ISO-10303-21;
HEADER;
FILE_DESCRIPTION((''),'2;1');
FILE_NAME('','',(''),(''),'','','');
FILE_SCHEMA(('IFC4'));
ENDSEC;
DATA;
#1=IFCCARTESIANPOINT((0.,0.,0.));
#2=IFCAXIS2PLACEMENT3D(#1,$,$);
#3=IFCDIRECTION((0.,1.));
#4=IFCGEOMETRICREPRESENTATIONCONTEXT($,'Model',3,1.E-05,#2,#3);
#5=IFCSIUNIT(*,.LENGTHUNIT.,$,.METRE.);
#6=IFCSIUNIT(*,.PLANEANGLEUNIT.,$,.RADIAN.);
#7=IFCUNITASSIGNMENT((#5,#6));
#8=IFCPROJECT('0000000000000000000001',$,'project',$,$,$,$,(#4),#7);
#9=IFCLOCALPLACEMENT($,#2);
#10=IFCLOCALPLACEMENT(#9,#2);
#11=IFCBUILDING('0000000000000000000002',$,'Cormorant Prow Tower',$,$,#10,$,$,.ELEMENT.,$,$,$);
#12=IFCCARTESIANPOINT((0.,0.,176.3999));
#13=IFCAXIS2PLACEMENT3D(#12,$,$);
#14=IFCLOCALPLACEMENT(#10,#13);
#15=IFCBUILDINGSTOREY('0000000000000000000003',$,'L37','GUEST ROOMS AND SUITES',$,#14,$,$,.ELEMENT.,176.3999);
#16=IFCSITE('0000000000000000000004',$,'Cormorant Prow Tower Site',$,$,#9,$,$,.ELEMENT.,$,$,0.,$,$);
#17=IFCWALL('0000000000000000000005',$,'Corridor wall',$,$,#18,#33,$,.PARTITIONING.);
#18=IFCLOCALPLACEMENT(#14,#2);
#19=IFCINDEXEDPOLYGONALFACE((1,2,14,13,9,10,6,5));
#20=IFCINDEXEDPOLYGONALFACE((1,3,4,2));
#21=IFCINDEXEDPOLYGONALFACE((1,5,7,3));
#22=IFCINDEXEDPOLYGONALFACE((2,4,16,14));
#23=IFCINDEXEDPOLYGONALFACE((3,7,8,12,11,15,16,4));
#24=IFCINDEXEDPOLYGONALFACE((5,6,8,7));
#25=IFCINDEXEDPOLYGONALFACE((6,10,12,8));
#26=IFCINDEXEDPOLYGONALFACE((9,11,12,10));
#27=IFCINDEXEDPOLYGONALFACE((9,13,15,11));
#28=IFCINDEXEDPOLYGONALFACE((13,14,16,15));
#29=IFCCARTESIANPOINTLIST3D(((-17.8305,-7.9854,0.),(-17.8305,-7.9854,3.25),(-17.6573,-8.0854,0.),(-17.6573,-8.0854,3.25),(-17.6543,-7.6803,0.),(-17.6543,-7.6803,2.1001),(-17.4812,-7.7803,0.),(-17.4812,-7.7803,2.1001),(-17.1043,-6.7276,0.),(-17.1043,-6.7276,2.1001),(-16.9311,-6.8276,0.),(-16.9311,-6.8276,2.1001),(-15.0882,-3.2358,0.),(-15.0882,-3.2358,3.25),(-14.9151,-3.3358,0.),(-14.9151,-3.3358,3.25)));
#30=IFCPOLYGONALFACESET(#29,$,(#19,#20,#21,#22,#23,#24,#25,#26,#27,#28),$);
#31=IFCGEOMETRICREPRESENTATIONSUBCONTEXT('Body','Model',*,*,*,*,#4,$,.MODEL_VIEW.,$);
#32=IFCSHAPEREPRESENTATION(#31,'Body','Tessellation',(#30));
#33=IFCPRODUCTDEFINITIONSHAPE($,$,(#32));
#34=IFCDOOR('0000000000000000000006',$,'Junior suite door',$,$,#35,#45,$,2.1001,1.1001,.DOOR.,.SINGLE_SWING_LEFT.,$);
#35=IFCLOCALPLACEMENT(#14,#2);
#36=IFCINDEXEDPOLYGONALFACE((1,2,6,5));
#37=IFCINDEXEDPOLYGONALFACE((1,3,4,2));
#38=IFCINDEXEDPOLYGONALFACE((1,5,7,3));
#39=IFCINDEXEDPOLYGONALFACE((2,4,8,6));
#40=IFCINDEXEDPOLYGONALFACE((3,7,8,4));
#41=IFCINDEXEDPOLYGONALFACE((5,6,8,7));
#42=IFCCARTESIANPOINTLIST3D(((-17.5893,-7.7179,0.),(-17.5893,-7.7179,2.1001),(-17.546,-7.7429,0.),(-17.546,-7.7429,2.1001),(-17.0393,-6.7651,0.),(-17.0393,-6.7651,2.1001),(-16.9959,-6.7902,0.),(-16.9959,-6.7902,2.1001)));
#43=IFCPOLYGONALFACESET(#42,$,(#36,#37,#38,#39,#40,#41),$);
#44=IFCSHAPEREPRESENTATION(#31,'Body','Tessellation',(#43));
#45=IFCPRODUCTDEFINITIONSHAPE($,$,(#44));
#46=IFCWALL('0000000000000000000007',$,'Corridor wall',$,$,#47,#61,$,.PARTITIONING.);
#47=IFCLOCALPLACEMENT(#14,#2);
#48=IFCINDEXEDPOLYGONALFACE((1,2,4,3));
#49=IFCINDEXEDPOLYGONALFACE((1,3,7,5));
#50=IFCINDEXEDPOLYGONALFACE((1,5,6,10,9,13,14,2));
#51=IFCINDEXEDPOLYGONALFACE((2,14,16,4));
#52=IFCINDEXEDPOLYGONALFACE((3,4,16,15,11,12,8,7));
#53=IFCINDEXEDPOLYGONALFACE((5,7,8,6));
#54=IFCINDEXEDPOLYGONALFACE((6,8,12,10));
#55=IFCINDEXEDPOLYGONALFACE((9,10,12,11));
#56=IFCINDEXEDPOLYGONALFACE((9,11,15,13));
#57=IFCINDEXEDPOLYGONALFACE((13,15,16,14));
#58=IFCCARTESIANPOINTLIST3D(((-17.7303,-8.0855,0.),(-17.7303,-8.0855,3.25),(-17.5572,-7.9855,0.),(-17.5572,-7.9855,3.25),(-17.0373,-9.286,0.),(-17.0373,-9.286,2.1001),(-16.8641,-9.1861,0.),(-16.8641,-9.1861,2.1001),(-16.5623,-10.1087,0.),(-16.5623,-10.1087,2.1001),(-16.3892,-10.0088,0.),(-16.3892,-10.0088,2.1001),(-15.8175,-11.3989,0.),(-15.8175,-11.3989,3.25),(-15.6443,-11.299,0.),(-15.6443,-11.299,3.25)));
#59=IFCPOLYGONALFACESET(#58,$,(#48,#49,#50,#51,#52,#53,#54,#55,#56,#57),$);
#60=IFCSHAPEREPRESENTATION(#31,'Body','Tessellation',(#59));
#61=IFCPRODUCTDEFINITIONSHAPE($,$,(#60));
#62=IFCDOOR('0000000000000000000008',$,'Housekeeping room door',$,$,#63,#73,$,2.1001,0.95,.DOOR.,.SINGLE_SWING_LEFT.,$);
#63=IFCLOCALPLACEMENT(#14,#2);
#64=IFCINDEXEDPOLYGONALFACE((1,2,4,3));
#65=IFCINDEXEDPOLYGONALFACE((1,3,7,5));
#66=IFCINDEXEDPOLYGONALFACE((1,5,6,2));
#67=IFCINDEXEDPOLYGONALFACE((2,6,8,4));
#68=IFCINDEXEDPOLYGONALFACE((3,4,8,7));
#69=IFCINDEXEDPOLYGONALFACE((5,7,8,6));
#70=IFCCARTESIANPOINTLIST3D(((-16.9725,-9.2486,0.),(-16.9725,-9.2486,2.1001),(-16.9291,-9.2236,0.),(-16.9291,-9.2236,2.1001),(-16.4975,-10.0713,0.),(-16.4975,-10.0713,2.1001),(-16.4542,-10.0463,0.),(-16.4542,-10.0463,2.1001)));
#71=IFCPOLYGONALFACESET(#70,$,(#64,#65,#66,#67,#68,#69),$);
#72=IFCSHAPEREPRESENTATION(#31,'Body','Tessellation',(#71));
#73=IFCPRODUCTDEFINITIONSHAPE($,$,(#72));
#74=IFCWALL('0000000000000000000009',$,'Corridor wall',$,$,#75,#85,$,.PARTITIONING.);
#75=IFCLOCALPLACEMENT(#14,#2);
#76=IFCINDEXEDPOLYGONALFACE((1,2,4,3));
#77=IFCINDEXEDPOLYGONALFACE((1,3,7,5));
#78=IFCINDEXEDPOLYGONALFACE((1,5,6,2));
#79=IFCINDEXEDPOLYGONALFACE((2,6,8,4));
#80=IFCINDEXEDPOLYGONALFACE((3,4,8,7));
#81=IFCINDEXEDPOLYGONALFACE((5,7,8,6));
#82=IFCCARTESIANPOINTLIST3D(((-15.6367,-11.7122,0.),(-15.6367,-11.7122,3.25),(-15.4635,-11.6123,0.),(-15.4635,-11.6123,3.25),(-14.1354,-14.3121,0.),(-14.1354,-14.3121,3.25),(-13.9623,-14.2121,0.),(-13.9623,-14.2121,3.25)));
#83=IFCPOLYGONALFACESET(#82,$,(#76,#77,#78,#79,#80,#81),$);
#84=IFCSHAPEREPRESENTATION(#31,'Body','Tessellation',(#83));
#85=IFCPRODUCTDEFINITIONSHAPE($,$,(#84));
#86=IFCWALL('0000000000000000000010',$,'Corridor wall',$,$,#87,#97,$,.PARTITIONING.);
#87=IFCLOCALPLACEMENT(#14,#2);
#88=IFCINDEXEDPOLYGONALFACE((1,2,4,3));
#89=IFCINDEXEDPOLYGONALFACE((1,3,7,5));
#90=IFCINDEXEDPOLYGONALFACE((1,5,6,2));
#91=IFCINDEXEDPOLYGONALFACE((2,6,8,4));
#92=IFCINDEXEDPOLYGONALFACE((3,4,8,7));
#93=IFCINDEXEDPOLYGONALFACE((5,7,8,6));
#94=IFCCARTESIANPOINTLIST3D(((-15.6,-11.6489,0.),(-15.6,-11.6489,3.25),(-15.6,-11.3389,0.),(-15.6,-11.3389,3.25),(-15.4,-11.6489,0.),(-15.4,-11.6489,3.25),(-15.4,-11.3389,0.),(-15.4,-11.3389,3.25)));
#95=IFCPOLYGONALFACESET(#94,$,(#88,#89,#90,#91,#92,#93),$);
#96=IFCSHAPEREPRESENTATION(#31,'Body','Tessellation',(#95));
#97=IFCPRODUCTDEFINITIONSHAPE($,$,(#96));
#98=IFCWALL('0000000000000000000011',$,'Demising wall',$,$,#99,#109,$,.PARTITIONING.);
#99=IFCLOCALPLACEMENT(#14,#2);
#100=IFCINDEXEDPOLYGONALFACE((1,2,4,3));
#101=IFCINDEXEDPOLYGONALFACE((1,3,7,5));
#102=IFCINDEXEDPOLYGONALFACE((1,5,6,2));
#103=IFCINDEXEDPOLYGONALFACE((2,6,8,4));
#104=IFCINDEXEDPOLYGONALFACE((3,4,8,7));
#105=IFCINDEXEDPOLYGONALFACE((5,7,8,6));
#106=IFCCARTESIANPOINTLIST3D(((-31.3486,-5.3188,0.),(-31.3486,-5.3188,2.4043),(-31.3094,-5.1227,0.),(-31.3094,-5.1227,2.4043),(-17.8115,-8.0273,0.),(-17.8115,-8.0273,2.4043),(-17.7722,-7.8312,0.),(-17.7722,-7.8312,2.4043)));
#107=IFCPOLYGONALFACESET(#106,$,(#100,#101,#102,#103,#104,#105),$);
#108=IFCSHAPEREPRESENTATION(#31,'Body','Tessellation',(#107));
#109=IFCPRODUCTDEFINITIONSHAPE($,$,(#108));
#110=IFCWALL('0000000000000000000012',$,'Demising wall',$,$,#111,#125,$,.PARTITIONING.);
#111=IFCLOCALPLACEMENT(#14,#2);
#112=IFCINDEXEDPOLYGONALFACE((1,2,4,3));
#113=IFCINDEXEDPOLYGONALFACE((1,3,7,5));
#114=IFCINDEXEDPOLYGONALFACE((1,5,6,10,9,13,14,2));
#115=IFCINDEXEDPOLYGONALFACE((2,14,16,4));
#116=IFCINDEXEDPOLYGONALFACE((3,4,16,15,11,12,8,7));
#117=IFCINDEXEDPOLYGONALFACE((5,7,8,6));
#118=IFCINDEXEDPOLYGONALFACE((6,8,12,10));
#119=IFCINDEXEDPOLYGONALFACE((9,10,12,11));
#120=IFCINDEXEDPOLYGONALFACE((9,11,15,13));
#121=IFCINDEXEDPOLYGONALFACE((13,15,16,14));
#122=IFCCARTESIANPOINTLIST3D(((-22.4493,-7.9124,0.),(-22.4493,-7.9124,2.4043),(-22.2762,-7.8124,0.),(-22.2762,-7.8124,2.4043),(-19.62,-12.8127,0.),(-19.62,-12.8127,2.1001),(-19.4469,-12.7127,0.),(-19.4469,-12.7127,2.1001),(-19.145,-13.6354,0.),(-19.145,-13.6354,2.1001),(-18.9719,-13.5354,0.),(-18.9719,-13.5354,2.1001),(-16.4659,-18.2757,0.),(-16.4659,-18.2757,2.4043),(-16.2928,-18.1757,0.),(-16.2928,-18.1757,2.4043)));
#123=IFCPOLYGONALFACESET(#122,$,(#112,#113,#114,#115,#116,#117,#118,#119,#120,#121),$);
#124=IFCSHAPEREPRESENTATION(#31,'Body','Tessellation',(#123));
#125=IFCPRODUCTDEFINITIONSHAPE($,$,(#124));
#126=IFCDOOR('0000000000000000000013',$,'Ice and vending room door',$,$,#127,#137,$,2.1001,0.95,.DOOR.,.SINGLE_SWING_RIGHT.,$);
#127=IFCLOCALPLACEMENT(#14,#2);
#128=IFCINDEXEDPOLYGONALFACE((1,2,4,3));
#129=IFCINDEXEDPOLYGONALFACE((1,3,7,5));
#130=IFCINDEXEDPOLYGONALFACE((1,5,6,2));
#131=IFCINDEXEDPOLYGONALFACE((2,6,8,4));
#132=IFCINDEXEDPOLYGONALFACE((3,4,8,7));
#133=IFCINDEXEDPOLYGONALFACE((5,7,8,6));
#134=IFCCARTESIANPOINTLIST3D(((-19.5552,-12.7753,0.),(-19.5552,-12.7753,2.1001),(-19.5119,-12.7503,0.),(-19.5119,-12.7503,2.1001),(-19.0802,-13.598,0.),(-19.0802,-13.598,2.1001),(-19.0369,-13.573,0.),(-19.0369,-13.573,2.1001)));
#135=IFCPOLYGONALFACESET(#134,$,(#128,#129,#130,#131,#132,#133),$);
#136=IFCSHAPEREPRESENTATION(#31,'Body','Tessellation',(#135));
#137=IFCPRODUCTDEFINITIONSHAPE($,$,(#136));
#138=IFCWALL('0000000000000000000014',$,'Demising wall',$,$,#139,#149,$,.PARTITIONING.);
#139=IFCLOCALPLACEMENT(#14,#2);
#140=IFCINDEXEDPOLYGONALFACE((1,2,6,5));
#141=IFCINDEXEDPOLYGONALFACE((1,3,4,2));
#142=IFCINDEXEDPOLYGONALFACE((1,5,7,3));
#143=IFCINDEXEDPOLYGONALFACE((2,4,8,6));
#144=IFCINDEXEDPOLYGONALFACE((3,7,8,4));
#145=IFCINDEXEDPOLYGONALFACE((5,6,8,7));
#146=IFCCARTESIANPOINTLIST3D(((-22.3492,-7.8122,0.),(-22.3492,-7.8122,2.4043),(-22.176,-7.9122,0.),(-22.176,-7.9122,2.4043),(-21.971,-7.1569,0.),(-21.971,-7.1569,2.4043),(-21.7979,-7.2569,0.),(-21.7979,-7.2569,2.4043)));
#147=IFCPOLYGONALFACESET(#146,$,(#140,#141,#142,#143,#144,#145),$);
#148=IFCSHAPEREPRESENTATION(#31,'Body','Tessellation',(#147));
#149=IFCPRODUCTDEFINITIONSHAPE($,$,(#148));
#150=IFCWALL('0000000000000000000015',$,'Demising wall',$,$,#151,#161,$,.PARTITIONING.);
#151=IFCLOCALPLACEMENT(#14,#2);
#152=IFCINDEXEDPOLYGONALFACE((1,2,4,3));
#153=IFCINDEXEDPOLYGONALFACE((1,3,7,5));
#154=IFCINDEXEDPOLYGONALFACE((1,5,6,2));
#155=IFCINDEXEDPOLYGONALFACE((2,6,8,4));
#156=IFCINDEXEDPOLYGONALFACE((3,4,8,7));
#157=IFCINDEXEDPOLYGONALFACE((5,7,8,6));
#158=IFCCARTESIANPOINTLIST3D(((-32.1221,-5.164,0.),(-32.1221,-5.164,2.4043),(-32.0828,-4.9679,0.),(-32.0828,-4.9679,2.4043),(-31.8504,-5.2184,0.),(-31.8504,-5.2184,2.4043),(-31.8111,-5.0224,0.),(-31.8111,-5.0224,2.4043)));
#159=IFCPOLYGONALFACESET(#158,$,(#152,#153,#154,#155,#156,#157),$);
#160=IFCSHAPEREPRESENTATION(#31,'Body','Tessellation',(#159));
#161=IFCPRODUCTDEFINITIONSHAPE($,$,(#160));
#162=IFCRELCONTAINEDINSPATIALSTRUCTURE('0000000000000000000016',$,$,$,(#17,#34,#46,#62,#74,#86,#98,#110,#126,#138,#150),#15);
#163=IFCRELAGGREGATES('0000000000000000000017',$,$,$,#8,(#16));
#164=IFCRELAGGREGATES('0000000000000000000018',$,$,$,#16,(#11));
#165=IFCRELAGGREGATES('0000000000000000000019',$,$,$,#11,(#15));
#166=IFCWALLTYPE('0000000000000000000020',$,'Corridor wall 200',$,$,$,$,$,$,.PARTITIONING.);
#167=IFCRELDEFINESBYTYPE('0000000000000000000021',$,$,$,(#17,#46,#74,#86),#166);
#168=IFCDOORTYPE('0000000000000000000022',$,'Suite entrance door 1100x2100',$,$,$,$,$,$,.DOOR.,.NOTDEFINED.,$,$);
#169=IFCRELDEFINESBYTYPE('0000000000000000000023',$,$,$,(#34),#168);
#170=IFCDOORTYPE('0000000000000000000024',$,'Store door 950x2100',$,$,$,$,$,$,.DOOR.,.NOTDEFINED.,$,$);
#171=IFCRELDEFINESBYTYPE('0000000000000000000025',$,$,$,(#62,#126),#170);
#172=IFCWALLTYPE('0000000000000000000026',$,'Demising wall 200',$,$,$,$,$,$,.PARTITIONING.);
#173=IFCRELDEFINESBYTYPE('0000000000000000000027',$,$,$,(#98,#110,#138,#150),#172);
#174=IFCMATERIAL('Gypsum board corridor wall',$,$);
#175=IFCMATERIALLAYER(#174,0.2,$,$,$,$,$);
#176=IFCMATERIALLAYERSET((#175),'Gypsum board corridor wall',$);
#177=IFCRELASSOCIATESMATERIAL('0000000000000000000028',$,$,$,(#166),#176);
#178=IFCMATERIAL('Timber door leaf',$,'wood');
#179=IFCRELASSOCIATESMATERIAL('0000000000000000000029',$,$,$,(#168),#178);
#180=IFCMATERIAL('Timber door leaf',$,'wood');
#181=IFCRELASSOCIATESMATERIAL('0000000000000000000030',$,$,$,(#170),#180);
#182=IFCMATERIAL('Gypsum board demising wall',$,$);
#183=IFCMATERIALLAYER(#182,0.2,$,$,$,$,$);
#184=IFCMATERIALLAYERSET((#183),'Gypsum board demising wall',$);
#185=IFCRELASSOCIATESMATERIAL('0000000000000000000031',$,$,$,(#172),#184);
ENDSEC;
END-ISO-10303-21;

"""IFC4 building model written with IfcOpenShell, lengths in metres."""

from ifc_helpers import new_model, si_unit, direction, frame, frame_2d, origin, place, context, subcontext, project, spatial, rectangle, extrude, material, layer, layer_set, type_object, element, fill, save


model = new_model("IFC4")

# Units and contexts
model_context = context("Model", 3, precision=1e-05, world=origin(), true_north=direction((0.0, 1.0)))
body_context = subcontext(model_context, "Body", "Model", "MODEL_VIEW")
ifc_project = project(units=[si_unit("LENGTHUNIT", "METRE"), si_unit("PLANEANGLEUNIT", "RADIAN")], contexts=[model_context])

# Site, building, storey
site_placement = place(None, origin())
site = spatial("IfcSite", under=ifc_project, at=site_placement, Name="Cormorant Prow Tower Site", CompositionType="ELEMENT", RefElevation=0.0)
building_placement = place(site_placement, origin())
building = spatial("IfcBuilding", under=site, at=building_placement, Name="Cormorant Prow Tower", CompositionType="ELEMENT")
storey_placement = place(building_placement, frame((0.0, 0.0, 176.3999)))
storey = spatial("IfcBuildingStorey", under=building, at=storey_placement, Name="L37", Description="GUEST ROOMS AND SUITES", CompositionType="ELEMENT", Elevation=176.3999)

# Walls, openings, doors
ifc_material_1 = material(Name="Gypsum board corridor wall")
ifc_layer_1 = layer(ifc_material_1, 0.2)
ifc_layer_set_1 = layer_set([ifc_layer_1], Name="Gypsum board corridor wall")
wall_type_1 = type_object("IfcWallType", Name="Corridor wall 200", PredefinedType="PARTITIONING", material=ifc_layer_set_1)
wall_1_placement = place(storey_placement, frame((-17.7439, -8.0354, 0.0), z_axis=(0.0, 0.0, 1.0), x_axis=(0.500008, 0.866021, 0.0)))
wall_1 = element("IfcWall", 1, at=wall_1_placement, inside=storey, type_object=wall_type_1, Name="Corridor wall", PredefinedType="PARTITIONING", context=body_context, shape_type="SweptSolid", body=[
    extrude(rectangle(XDim=5.4844, YDim=0.2, at=frame_2d((2.7422, 0.0))), origin(), (0.0, 0.0, 1.0), 3.25),
])
opening_1_placement = place(wall_1_placement, frame((0.3523, 0.0, 0.0)))
opening_1 = element("IfcOpeningElement", 2, at=opening_1_placement, cuts=wall_1, PredefinedType="OPENING", context=body_context, shape_type="SweptSolid", body=[
    extrude(rectangle(XDim=1.1001, YDim=2.1001, at=frame_2d((0.55, 1.05))), frame((0.0, 0.1099, 0.0), z_axis=(0.0, -1.0, 0.0), x_axis=(1.0, 0.0, 0.0)), (0.0, 0.0, 1.0), 0.22),
])
ifc_material_2 = material(Name="Timber door leaf", Category="wood")
door_type_1 = type_object("IfcDoorType", Name="Suite entrance door 1100x2100", OperationType="NOTDEFINED", PredefinedType="DOOR", material=ifc_material_2)
door_1_placement = place(opening_1_placement, origin())
door_1 = element("IfcDoor", 3, at=door_1_placement, inside=storey, type_object=door_type_1, Name="Junior suite door", OperationType="SINGLE_SWING_LEFT", OverallHeight=2.1001, OverallWidth=1.1001, PredefinedType="DOOR", context=body_context, shape_type="SweptSolid", body=[
    extrude(rectangle(XDim=1.1001, YDim=2.1001, at=frame_2d((0.55, 1.05))), frame((0.0, 0.0249, 0.0), z_axis=(0.0, -1.0, 0.0), x_axis=(1.0, 0.0, 0.0)), (0.0, 0.0, 1.0), 0.05),
])
fill(opening_1, door_1)
wall_2_placement = place(storey_placement, frame((-17.6438, -8.0354, 0.0), z_axis=(0.0, 0.0, 1.0), x_axis=(0.499962, -0.866047, 0.0)))
wall_2 = element("IfcWall", 4, at=wall_2_placement, inside=storey, type_object=wall_type_1, Name="Corridor wall", PredefinedType="PARTITIONING", context=body_context, shape_type="SweptSolid", body=[
    extrude(rectangle(XDim=3.8259, YDim=0.2, at=frame_2d((1.9131, 0.0))), origin(), (0.0, 0.0, 1.0), 3.25),
])
opening_2_placement = place(wall_2_placement, frame((1.3862, 0.0, 0.0)))
opening_2 = element("IfcOpeningElement", 5, at=opening_2_placement, cuts=wall_2, PredefinedType="OPENING", context=body_context, shape_type="SweptSolid", body=[
    extrude(rectangle(XDim=0.95, YDim=2.1001, at=frame_2d((0.4751, 1.05))), frame((0.0, 0.1099, 0.0), z_axis=(0.0, -1.0, 0.0), x_axis=(1.0, 0.0, 0.0)), (0.0, 0.0, 1.0), 0.22),
])
ifc_material_3 = material(Name="Timber door leaf", Category="wood")
door_type_2 = type_object("IfcDoorType", Name="Store door 950x2100", OperationType="NOTDEFINED", PredefinedType="DOOR", material=ifc_material_3)
door_2_placement = place(opening_2_placement, origin())
door_2 = element("IfcDoor", 6, at=door_2_placement, inside=storey, type_object=door_type_2, Name="Housekeeping room door", OperationType="SINGLE_SWING_LEFT", OverallHeight=2.1001, OverallWidth=0.95, PredefinedType="DOOR", context=body_context, shape_type="SweptSolid", body=[
    extrude(rectangle(XDim=0.95, YDim=2.1001, at=frame_2d((0.4751, 1.05))), frame((0.0, 0.0249, 0.0), z_axis=(0.0, -1.0, 0.0), x_axis=(1.0, 0.0, 0.0)), (0.0, 0.0, 1.0), 0.05),
])
fill(opening_2, door_2)

# Walls
wall_3_placement = place(storey_placement, frame((-15.55, -11.6624, 0.0), z_axis=(0.0, 0.0, 1.0), x_axis=(0.500049, -0.865997, 0.0)))
element("IfcWall", 7, at=wall_3_placement, inside=storey, type_object=wall_type_1, Name="Corridor wall", PredefinedType="PARTITIONING", context=body_context, shape_type="SweptSolid", body=[
    extrude(rectangle(XDim=3.0022, YDim=0.2, at=frame_2d((1.501, 0.0))), origin(), (0.0, 0.0, 1.0), 3.25),
])
wall_4_placement = place(storey_placement, frame((-15.5, -11.6489, 0.0), z_axis=(0.0, 0.0, 1.0), x_axis=(0.0, 1.0, 0.0)))
element("IfcWall", 8, at=wall_4_placement, inside=storey, type_object=wall_type_1, Name="Corridor wall", PredefinedType="PARTITIONING", context=body_context, shape_type="SweptSolid", body=[
    extrude(rectangle(XDim=0.3101, YDim=0.2, at=frame_2d((0.155, 0.0))), origin(), (0.0, 0.0, 1.0), 3.25),
])
ifc_material_4 = material(Name="Gypsum board demising wall")
ifc_layer_2 = layer(ifc_material_4, 0.2)
ifc_layer_set_2 = layer_set([ifc_layer_2], Name="Gypsum board demising wall")
wall_type_2 = type_object("IfcWallType", Name="Demising wall 200", PredefinedType="PARTITIONING", material=ifc_layer_set_2)
wall_5_placement = place(storey_placement, frame((-31.3291, -5.2207, 0.0), z_axis=(0.0, 0.0, 1.0), x_axis=(0.980566, -0.196191, 0.0)))
element("IfcWall", 9, at=wall_5_placement, inside=storey, type_object=wall_type_2, Name="Demising wall", PredefinedType="PARTITIONING", context=body_context, shape_type="SweptSolid", body=[
    extrude(rectangle(XDim=13.8054, YDim=0.2, at=frame_2d((6.9028, 0.0))), origin(), (0.0, 0.0, 1.0), 2.4043),
])

# Wall, opening, door
wall_6_placement = place(storey_placement, frame((-22.3628, -7.8623, 0.0), z_axis=(0.0, 0.0, 1.0), x_axis=(0.50001, -0.86602, 0.0)))
wall_6 = element("IfcWall", 10, at=wall_6_placement, inside=storey, type_object=wall_type_2, Name="Demising wall", PredefinedType="PARTITIONING", context=body_context, shape_type="SweptSolid", body=[
    extrude(rectangle(XDim=11.9666, YDim=0.2, at=frame_2d((5.9834, 0.0))), origin(), (0.0, 0.0, 1.0), 2.4043),
])
opening_3_placement = place(wall_6_placement, frame((5.6584, 0.0, 0.0)))
opening_3 = element("IfcOpeningElement", 11, at=opening_3_placement, cuts=wall_6, PredefinedType="OPENING", context=body_context, shape_type="SweptSolid", body=[
    extrude(rectangle(XDim=0.95, YDim=2.1001, at=frame_2d((0.4751, 1.05))), frame((0.0, 0.1099, 0.0), z_axis=(0.0, -1.0, 0.0), x_axis=(1.0, 0.0, 0.0)), (0.0, 0.0, 1.0), 0.22),
])
door_3_placement = place(opening_3_placement, origin())
door_3 = element("IfcDoor", 12, at=door_3_placement, inside=storey, type_object=door_type_2, Name="Ice and vending room door", OperationType="SINGLE_SWING_RIGHT", OverallHeight=2.1001, OverallWidth=0.95, PredefinedType="DOOR", context=body_context, shape_type="SweptSolid", body=[
    extrude(rectangle(XDim=0.95, YDim=2.1001, at=frame_2d((0.4751, 1.05))), frame((0.0, 0.0249, 0.0), z_axis=(0.0, -1.0, 0.0), x_axis=(1.0, 0.0, 0.0)), (0.0, 0.0, 1.0), 0.05),
])
fill(opening_3, door_3)

# Walls
wall_7_placement = place(storey_placement, frame((-22.2627, -7.8623, 0.0), z_axis=(0.0, 0.0, 1.0), x_axis=(0.499853, 0.86611, 0.0)))
element("IfcWall", 13, at=wall_7_placement, inside=storey, type_object=wall_type_2, Name="Demising wall", PredefinedType="PARTITIONING", context=body_context, shape_type="SweptSolid", body=[
    extrude(rectangle(XDim=0.7566, YDim=0.2, at=frame_2d((0.3784, 0.0))), origin(), (0.0, 0.0, 1.0), 2.4043),
])
wall_8_placement = place(storey_placement, frame((-32.1025, -5.0659, 0.0), z_axis=(0.0, 0.0, 1.0), x_axis=(0.980513, -0.196455, 0.0)))
element("IfcWall", 14, at=wall_8_placement, inside=storey, type_object=wall_type_2, Name="Demising wall", PredefinedType="PARTITIONING", context=body_context, shape_type="SweptSolid", body=[
    extrude(rectangle(XDim=0.2771, YDim=0.2, at=frame_2d((0.1387, 0.0))), origin(), (0.0, 0.0, 1.0), 2.4043),
])

save(model, "model.ifc")
